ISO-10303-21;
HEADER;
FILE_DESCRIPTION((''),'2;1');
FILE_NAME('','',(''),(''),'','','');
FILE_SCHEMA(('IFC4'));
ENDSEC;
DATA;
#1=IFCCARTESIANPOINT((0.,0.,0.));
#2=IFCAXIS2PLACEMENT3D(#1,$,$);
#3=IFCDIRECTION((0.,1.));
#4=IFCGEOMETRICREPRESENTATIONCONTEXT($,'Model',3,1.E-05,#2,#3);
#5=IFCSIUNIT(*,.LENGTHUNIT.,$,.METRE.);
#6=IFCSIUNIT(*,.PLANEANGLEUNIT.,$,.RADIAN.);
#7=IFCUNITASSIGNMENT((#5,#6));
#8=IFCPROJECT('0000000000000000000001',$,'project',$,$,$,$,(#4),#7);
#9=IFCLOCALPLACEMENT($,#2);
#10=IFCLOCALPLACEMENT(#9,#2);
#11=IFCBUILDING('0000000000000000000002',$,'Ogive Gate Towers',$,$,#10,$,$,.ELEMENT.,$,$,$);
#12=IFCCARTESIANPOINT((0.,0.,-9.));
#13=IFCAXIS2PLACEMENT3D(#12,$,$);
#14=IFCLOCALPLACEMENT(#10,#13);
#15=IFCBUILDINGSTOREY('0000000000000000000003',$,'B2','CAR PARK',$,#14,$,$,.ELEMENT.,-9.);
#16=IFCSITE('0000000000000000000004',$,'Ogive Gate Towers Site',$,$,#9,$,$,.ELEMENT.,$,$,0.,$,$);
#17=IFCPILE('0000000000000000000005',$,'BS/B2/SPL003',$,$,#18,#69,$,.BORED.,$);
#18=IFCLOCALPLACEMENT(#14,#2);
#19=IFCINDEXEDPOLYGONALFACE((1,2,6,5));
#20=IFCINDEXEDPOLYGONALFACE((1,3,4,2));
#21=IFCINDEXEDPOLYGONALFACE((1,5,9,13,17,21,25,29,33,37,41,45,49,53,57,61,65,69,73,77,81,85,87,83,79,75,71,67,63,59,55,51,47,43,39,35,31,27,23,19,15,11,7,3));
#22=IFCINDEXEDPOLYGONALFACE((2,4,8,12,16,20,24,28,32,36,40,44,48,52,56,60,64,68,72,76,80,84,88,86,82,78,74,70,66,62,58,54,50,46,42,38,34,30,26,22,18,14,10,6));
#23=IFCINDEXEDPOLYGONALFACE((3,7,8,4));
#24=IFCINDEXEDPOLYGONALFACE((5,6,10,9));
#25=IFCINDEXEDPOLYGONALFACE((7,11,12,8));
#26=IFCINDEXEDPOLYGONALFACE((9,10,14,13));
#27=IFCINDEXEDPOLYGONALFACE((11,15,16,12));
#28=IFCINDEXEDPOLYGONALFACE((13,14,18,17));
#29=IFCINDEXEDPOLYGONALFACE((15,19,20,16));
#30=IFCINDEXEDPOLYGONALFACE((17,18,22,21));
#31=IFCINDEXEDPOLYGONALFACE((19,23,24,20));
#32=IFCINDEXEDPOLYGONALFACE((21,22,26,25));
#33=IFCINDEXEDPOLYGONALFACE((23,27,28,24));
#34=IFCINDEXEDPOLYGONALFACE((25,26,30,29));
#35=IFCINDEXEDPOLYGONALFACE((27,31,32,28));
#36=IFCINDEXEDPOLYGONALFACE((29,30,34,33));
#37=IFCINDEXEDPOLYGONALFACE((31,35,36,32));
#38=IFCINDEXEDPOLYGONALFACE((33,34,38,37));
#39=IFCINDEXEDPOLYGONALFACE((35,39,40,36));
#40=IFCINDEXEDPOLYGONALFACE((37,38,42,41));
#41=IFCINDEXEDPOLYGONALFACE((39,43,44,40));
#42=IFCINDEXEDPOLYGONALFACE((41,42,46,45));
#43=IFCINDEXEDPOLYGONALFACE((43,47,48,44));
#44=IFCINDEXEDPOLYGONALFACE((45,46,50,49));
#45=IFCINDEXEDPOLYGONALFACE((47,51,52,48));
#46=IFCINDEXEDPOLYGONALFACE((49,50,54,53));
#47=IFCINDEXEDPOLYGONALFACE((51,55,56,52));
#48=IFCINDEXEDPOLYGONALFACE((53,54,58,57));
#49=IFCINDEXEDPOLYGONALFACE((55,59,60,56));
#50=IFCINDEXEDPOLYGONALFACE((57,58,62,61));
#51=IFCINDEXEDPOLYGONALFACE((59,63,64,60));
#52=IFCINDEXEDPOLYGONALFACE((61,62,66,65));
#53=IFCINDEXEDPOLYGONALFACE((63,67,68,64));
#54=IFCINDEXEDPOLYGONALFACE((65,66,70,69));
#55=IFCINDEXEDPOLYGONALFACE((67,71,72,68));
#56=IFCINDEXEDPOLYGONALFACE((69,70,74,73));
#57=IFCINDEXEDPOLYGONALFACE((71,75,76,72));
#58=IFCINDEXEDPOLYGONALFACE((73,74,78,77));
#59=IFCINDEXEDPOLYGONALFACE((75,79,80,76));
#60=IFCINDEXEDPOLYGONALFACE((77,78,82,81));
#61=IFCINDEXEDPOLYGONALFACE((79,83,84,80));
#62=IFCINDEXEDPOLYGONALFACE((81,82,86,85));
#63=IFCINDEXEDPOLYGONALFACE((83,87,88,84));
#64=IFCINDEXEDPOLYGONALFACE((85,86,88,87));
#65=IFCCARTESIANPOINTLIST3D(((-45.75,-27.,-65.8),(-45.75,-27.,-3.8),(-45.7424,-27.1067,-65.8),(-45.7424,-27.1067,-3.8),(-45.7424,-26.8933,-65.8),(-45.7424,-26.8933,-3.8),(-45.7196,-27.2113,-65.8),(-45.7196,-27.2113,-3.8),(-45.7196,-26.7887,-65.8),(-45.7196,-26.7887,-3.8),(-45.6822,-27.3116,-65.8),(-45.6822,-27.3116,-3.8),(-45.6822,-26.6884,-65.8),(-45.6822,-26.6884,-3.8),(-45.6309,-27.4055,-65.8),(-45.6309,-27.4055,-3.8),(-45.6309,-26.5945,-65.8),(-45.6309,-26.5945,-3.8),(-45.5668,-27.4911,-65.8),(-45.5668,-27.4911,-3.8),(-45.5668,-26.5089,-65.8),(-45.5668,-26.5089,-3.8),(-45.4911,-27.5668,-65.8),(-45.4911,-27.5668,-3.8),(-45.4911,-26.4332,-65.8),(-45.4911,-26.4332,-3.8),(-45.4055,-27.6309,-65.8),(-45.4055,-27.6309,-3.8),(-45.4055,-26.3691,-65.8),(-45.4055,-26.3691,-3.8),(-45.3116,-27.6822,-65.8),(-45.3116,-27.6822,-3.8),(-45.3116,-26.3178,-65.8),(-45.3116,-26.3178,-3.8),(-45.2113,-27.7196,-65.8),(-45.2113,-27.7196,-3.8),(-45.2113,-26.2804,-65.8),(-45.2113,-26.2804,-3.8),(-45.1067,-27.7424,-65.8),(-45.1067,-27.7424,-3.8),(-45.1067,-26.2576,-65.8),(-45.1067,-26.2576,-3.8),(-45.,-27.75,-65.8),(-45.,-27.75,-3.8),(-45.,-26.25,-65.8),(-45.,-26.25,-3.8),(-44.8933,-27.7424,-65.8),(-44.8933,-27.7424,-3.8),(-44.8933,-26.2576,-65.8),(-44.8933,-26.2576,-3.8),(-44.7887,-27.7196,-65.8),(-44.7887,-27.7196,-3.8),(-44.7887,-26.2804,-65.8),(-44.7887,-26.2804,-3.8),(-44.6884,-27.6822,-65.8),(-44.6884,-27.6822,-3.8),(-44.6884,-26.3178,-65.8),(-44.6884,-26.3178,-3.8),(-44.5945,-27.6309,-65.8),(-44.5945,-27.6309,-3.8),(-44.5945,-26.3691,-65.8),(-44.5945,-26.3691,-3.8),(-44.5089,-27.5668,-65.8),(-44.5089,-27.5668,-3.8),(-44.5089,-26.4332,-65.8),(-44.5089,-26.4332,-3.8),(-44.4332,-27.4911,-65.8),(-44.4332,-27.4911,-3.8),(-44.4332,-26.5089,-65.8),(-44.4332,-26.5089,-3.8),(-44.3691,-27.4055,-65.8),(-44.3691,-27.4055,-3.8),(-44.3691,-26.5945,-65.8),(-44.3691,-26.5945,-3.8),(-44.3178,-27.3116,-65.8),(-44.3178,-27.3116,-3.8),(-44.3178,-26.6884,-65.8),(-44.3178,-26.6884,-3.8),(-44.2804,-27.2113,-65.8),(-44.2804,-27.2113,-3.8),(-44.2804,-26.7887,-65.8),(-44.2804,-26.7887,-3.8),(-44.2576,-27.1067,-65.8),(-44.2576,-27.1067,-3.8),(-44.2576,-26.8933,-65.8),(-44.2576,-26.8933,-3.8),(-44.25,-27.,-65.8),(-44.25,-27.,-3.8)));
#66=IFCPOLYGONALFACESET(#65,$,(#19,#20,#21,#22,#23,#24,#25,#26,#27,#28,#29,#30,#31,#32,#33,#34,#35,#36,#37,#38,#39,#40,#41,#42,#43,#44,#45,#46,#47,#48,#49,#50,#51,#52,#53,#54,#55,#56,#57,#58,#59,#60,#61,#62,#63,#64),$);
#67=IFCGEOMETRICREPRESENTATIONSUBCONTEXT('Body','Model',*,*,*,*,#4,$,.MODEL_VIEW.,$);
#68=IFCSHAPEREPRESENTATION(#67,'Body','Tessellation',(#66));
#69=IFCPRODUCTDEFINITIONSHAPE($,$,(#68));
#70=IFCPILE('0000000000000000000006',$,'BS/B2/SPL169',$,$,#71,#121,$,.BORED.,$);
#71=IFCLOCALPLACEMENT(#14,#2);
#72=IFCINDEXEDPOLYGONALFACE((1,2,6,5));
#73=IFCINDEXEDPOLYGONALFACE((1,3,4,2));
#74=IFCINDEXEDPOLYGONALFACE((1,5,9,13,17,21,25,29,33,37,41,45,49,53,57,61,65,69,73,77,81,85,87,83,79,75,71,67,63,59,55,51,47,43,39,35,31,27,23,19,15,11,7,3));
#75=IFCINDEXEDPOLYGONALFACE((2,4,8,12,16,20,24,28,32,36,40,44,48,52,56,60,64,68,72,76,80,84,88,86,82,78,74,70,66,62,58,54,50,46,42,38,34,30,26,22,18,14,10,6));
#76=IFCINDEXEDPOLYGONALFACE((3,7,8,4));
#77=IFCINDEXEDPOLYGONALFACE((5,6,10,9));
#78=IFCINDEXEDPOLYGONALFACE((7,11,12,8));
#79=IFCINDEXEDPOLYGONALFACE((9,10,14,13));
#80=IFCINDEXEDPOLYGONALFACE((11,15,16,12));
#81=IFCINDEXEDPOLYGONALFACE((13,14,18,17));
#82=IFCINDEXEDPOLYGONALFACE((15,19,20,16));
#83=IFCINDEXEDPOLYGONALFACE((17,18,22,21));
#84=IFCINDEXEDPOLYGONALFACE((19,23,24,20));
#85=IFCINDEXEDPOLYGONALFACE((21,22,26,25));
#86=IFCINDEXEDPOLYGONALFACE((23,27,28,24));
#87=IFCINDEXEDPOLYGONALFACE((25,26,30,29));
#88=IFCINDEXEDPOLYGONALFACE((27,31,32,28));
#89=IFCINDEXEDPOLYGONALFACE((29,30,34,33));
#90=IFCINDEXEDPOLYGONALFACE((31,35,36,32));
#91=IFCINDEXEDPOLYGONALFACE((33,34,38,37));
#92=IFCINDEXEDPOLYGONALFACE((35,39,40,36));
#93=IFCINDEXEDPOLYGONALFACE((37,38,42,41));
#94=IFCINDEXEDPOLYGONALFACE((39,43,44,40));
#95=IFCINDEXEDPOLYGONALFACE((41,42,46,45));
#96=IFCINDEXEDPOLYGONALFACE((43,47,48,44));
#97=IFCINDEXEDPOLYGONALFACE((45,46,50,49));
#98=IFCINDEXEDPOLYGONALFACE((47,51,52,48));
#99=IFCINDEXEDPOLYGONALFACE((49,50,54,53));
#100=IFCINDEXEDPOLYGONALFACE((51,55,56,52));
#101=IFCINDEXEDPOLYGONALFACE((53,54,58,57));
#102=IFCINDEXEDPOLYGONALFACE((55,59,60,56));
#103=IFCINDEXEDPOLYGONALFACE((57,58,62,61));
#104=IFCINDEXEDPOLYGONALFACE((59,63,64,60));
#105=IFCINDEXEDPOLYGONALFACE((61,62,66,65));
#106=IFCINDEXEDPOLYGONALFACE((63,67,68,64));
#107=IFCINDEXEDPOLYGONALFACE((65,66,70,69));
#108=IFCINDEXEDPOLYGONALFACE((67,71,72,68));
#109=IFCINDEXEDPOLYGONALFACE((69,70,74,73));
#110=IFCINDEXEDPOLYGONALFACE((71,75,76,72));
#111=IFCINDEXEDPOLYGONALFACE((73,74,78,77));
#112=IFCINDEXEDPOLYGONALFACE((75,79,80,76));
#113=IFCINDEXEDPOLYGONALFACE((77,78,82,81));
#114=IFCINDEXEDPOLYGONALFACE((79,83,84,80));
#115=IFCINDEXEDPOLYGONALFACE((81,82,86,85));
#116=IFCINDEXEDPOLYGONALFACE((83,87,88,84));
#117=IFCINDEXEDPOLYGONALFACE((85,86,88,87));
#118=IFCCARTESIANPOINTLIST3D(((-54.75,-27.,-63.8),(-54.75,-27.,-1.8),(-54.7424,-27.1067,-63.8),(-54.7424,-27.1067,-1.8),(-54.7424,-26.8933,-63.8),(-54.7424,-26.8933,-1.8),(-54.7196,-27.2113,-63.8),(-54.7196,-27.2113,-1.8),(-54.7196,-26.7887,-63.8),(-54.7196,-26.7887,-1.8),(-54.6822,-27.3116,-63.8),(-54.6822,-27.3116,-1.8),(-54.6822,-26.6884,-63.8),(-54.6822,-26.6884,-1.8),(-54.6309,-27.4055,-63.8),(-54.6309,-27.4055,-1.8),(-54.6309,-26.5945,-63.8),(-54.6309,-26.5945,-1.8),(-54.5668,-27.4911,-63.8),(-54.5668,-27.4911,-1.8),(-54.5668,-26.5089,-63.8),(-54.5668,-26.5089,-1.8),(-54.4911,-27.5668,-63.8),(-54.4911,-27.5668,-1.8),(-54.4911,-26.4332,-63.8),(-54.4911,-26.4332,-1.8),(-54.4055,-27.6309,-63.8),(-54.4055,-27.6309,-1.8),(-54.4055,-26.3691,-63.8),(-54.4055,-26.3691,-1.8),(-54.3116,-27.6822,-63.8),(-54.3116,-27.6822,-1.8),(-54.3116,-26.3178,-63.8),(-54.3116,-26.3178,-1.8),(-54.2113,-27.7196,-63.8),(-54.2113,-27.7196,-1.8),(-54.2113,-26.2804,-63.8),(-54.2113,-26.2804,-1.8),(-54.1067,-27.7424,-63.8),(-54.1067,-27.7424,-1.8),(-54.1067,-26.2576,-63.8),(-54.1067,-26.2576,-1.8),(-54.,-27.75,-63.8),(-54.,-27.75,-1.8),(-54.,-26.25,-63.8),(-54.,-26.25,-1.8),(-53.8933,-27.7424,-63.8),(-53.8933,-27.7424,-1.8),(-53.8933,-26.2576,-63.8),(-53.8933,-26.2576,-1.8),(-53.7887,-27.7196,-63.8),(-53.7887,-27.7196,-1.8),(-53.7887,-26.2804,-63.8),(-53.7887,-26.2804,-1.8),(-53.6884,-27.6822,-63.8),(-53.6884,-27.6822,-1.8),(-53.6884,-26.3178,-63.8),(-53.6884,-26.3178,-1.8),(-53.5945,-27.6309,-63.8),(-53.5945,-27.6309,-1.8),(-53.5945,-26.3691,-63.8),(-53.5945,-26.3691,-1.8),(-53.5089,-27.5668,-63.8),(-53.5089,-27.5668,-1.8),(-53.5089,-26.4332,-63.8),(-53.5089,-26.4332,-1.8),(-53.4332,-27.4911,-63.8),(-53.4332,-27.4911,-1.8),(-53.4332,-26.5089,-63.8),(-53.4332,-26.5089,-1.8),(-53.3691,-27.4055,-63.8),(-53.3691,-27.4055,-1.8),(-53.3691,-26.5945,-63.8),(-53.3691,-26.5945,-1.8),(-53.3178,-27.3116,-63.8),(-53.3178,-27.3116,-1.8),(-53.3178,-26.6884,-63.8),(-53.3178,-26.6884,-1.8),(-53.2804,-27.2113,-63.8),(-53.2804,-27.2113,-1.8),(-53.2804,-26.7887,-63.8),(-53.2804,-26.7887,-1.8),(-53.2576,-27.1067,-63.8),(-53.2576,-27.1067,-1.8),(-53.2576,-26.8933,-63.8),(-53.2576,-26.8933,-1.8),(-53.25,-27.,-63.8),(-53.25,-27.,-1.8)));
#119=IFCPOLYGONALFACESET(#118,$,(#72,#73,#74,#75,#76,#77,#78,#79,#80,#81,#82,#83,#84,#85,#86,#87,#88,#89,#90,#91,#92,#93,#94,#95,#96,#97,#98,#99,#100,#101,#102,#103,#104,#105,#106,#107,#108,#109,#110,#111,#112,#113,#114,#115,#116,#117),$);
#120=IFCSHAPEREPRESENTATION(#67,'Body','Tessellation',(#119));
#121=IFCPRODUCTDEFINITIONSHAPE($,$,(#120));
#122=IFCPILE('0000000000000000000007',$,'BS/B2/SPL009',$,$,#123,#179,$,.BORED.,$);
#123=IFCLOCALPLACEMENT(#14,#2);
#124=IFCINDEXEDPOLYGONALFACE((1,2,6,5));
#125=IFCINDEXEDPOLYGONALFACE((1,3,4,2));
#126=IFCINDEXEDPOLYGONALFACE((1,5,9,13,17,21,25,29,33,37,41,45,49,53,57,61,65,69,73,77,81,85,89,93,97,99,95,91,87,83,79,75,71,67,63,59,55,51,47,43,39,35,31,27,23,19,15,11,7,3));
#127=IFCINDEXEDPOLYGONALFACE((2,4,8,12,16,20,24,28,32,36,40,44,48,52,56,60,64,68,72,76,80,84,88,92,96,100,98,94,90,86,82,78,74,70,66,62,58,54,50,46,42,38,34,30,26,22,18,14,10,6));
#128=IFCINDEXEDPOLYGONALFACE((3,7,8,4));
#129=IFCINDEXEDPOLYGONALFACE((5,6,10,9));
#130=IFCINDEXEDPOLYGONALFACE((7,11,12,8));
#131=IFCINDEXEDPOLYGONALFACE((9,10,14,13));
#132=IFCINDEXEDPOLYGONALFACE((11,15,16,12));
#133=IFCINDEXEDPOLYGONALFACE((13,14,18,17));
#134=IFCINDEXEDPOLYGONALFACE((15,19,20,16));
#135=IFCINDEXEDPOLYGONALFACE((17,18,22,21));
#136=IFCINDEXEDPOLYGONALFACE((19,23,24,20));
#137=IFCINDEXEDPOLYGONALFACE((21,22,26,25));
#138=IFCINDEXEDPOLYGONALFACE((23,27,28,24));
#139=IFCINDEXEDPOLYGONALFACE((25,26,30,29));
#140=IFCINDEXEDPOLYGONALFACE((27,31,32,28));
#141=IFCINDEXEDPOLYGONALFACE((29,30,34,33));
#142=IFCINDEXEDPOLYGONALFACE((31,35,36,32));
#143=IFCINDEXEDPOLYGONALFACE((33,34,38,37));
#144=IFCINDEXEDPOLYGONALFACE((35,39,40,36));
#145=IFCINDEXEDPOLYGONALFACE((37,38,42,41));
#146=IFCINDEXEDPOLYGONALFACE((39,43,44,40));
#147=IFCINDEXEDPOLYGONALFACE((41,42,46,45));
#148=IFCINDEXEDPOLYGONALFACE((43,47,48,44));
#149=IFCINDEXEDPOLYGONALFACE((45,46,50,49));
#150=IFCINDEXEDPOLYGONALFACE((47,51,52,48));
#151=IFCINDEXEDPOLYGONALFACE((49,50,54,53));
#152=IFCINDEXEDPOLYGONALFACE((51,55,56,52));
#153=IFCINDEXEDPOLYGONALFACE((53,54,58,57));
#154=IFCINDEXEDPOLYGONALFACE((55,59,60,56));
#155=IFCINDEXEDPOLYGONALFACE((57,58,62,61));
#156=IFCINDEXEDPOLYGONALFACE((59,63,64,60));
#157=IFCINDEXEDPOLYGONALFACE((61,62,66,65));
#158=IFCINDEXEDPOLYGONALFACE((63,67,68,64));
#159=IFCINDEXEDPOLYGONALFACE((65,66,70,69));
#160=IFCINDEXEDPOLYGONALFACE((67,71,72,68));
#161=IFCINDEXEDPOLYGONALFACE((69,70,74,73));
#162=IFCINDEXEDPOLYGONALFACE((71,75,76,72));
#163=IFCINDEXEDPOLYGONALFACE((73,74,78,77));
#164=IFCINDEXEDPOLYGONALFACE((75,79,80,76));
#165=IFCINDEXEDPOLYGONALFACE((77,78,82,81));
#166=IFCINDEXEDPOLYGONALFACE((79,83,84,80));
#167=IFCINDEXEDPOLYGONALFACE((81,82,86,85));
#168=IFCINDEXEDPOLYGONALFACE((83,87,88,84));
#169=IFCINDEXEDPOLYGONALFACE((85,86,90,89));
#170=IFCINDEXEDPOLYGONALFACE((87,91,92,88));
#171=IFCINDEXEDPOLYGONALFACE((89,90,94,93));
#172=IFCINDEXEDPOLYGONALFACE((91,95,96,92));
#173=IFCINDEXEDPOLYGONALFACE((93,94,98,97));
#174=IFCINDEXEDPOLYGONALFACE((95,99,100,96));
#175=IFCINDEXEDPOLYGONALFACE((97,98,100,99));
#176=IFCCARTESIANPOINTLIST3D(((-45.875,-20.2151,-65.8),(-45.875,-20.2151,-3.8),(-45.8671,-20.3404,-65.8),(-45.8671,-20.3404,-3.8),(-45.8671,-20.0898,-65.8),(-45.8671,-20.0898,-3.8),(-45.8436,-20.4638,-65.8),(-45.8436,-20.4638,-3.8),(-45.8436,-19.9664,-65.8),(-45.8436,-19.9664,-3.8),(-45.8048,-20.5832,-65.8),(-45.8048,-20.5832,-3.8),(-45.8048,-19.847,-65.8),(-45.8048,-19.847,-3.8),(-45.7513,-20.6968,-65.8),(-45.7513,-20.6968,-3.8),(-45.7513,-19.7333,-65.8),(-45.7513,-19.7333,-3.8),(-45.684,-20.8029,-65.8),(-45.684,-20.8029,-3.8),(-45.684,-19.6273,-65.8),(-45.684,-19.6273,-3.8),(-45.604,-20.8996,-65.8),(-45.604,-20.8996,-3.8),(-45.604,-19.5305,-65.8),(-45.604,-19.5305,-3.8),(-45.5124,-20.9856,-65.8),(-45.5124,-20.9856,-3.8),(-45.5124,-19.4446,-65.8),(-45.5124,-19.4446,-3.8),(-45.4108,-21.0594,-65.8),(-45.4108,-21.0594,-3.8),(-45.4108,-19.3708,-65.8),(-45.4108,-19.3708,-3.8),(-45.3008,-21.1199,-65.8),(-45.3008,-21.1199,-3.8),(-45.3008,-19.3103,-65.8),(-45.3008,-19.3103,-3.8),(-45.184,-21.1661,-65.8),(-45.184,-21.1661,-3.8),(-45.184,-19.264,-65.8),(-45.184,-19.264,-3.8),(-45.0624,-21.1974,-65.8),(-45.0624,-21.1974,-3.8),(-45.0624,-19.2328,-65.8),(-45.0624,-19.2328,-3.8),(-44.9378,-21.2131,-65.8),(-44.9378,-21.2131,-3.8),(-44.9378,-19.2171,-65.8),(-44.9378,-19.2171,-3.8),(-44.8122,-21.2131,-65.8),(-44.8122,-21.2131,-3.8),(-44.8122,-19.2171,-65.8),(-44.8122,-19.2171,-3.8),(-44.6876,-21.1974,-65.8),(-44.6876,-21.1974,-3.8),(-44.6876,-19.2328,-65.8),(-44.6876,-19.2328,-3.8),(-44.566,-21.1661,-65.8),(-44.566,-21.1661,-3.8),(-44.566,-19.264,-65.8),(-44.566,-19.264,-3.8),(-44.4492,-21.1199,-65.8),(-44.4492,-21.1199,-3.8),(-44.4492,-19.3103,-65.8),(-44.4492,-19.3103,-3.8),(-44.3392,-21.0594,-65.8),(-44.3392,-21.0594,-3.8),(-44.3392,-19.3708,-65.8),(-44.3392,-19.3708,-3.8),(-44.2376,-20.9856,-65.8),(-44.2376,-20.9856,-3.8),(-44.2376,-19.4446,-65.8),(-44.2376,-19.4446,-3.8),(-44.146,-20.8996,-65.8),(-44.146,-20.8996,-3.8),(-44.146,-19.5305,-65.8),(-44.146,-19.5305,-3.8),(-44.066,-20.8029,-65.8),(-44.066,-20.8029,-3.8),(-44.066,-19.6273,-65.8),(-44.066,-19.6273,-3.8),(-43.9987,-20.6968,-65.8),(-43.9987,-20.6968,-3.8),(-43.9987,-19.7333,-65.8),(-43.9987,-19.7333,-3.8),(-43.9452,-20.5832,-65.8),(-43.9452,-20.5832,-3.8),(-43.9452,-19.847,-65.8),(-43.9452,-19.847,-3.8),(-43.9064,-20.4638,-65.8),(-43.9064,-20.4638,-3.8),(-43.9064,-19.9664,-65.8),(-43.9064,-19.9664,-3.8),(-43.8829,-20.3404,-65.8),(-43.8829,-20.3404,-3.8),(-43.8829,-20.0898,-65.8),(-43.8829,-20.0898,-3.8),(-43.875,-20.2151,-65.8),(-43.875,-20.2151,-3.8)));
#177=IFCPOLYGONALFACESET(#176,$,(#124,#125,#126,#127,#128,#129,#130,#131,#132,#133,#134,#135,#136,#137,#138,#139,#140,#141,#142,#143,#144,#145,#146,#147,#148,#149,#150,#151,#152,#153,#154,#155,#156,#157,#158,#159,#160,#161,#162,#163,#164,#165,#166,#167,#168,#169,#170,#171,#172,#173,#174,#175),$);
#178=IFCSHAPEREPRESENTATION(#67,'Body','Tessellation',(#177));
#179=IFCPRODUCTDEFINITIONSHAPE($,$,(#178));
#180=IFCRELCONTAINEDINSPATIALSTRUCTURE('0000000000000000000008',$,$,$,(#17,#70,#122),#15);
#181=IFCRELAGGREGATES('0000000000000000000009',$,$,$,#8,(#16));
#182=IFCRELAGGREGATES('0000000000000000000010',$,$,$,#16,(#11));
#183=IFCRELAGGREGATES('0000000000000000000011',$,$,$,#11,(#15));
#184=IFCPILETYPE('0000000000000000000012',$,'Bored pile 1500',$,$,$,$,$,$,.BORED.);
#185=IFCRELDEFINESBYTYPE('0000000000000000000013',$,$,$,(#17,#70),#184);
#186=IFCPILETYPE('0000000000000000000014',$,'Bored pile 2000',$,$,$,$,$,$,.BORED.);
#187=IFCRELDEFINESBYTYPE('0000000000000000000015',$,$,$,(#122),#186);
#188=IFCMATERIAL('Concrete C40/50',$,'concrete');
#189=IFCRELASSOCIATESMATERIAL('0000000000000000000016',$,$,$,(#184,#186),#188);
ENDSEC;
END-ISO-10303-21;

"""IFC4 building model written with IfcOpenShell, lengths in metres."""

from ifc_helpers import new_model, si_unit, direction, frame, origin, origin_2d, place, context, subcontext, project, spatial, circle, extrude, material, material_profile, profile_set, type_object, element, save


model = new_model("IFC4")

# Units and contexts
model_context = context("Model", 3, precision=1e-05, world=origin(), true_north=direction((0.0, 1.0)))
body_context = subcontext(model_context, "Body", "Model", "MODEL_VIEW")
ifc_project = project(units=[si_unit("LENGTHUNIT", "METRE"), si_unit("PLANEANGLEUNIT", "RADIAN")], contexts=[model_context])

# Site, building, storey
site_placement = place(None, origin())
site = spatial("IfcSite", under=ifc_project, at=site_placement, Name="Ogive Gate Towers Site", CompositionType="ELEMENT", RefElevation=0.0)
building_placement = place(site_placement, origin())
building = spatial("IfcBuilding", under=site, at=building_placement, Name="Ogive Gate Towers", CompositionType="ELEMENT")
storey_placement = place(building_placement, frame((0.0, 0.0, -9.0)))
storey = spatial("IfcBuildingStorey", under=building, at=storey_placement, Name="B2", Description="CAR PARK", CompositionType="ELEMENT", Elevation=-9.0)

# Piles
ifc_material_1 = material(Name="Concrete C40/50", Category="concrete")
ifc_material_profile_1 = material_profile(ifc_material_1, circle(Radius=0.75, at=origin_2d()), Name="BP 1500")
ifc_profile_set_1 = profile_set([ifc_material_profile_1], Name="Concrete C40/50")
pile_type_1 = type_object("IfcPileType", Name="Bored pile 1500", PredefinedType="BORED", material=ifc_profile_set_1)
for number, where, z_axis, x_axis, name in (
    (1, (-45.0, -27.0, -3.8), (0.0, 0.0, -1.0), (1.0, 0.0, 0.0), "BS/B2/SPL003"),
    (2, (-54.0, -27.0, -1.8), (0.0, 0.0, -1.0), (1.0, 0.0, 0.0), "BS/B2/SPL169"),
):
    element("IfcPile", number, at=place(storey_placement, frame(where, z_axis=z_axis, x_axis=x_axis)), inside=storey, type_object=pile_type_1, Name=name, PredefinedType="BORED", context=body_context, shape_type="SweptSolid", body=[
        extrude(circle(Radius=0.75, at=origin_2d()), origin(), (0.0, 0.0, 1.0), 62.0),
    ])
ifc_material_profile_2 = material_profile(ifc_material_1, circle(Radius=1.0, at=origin_2d()), Name="BP 2000")
ifc_profile_set_2 = profile_set([ifc_material_profile_2], Name="Concrete C40/50")
pile_type_2 = type_object("IfcPileType", Name="Bored pile 2000", PredefinedType="BORED", material=ifc_profile_set_2)
for number, where, z_axis, x_axis, name in (
    (3, (-44.875, -20.2151, -3.8), (0.0, 0.0, -1.0), (1.0, 0.0, 0.0), "BS/B2/SPL009"),
):
    element("IfcPile", number, at=place(storey_placement, frame(where, z_axis=z_axis, x_axis=x_axis)), inside=storey, type_object=pile_type_2, Name=name, PredefinedType="BORED", context=body_context, shape_type="SweptSolid", body=[
        extrude(circle(Radius=1.0, at=origin_2d()), origin(), (0.0, 0.0, 1.0), 62.0),
    ])

save(model, "model.ifc")
